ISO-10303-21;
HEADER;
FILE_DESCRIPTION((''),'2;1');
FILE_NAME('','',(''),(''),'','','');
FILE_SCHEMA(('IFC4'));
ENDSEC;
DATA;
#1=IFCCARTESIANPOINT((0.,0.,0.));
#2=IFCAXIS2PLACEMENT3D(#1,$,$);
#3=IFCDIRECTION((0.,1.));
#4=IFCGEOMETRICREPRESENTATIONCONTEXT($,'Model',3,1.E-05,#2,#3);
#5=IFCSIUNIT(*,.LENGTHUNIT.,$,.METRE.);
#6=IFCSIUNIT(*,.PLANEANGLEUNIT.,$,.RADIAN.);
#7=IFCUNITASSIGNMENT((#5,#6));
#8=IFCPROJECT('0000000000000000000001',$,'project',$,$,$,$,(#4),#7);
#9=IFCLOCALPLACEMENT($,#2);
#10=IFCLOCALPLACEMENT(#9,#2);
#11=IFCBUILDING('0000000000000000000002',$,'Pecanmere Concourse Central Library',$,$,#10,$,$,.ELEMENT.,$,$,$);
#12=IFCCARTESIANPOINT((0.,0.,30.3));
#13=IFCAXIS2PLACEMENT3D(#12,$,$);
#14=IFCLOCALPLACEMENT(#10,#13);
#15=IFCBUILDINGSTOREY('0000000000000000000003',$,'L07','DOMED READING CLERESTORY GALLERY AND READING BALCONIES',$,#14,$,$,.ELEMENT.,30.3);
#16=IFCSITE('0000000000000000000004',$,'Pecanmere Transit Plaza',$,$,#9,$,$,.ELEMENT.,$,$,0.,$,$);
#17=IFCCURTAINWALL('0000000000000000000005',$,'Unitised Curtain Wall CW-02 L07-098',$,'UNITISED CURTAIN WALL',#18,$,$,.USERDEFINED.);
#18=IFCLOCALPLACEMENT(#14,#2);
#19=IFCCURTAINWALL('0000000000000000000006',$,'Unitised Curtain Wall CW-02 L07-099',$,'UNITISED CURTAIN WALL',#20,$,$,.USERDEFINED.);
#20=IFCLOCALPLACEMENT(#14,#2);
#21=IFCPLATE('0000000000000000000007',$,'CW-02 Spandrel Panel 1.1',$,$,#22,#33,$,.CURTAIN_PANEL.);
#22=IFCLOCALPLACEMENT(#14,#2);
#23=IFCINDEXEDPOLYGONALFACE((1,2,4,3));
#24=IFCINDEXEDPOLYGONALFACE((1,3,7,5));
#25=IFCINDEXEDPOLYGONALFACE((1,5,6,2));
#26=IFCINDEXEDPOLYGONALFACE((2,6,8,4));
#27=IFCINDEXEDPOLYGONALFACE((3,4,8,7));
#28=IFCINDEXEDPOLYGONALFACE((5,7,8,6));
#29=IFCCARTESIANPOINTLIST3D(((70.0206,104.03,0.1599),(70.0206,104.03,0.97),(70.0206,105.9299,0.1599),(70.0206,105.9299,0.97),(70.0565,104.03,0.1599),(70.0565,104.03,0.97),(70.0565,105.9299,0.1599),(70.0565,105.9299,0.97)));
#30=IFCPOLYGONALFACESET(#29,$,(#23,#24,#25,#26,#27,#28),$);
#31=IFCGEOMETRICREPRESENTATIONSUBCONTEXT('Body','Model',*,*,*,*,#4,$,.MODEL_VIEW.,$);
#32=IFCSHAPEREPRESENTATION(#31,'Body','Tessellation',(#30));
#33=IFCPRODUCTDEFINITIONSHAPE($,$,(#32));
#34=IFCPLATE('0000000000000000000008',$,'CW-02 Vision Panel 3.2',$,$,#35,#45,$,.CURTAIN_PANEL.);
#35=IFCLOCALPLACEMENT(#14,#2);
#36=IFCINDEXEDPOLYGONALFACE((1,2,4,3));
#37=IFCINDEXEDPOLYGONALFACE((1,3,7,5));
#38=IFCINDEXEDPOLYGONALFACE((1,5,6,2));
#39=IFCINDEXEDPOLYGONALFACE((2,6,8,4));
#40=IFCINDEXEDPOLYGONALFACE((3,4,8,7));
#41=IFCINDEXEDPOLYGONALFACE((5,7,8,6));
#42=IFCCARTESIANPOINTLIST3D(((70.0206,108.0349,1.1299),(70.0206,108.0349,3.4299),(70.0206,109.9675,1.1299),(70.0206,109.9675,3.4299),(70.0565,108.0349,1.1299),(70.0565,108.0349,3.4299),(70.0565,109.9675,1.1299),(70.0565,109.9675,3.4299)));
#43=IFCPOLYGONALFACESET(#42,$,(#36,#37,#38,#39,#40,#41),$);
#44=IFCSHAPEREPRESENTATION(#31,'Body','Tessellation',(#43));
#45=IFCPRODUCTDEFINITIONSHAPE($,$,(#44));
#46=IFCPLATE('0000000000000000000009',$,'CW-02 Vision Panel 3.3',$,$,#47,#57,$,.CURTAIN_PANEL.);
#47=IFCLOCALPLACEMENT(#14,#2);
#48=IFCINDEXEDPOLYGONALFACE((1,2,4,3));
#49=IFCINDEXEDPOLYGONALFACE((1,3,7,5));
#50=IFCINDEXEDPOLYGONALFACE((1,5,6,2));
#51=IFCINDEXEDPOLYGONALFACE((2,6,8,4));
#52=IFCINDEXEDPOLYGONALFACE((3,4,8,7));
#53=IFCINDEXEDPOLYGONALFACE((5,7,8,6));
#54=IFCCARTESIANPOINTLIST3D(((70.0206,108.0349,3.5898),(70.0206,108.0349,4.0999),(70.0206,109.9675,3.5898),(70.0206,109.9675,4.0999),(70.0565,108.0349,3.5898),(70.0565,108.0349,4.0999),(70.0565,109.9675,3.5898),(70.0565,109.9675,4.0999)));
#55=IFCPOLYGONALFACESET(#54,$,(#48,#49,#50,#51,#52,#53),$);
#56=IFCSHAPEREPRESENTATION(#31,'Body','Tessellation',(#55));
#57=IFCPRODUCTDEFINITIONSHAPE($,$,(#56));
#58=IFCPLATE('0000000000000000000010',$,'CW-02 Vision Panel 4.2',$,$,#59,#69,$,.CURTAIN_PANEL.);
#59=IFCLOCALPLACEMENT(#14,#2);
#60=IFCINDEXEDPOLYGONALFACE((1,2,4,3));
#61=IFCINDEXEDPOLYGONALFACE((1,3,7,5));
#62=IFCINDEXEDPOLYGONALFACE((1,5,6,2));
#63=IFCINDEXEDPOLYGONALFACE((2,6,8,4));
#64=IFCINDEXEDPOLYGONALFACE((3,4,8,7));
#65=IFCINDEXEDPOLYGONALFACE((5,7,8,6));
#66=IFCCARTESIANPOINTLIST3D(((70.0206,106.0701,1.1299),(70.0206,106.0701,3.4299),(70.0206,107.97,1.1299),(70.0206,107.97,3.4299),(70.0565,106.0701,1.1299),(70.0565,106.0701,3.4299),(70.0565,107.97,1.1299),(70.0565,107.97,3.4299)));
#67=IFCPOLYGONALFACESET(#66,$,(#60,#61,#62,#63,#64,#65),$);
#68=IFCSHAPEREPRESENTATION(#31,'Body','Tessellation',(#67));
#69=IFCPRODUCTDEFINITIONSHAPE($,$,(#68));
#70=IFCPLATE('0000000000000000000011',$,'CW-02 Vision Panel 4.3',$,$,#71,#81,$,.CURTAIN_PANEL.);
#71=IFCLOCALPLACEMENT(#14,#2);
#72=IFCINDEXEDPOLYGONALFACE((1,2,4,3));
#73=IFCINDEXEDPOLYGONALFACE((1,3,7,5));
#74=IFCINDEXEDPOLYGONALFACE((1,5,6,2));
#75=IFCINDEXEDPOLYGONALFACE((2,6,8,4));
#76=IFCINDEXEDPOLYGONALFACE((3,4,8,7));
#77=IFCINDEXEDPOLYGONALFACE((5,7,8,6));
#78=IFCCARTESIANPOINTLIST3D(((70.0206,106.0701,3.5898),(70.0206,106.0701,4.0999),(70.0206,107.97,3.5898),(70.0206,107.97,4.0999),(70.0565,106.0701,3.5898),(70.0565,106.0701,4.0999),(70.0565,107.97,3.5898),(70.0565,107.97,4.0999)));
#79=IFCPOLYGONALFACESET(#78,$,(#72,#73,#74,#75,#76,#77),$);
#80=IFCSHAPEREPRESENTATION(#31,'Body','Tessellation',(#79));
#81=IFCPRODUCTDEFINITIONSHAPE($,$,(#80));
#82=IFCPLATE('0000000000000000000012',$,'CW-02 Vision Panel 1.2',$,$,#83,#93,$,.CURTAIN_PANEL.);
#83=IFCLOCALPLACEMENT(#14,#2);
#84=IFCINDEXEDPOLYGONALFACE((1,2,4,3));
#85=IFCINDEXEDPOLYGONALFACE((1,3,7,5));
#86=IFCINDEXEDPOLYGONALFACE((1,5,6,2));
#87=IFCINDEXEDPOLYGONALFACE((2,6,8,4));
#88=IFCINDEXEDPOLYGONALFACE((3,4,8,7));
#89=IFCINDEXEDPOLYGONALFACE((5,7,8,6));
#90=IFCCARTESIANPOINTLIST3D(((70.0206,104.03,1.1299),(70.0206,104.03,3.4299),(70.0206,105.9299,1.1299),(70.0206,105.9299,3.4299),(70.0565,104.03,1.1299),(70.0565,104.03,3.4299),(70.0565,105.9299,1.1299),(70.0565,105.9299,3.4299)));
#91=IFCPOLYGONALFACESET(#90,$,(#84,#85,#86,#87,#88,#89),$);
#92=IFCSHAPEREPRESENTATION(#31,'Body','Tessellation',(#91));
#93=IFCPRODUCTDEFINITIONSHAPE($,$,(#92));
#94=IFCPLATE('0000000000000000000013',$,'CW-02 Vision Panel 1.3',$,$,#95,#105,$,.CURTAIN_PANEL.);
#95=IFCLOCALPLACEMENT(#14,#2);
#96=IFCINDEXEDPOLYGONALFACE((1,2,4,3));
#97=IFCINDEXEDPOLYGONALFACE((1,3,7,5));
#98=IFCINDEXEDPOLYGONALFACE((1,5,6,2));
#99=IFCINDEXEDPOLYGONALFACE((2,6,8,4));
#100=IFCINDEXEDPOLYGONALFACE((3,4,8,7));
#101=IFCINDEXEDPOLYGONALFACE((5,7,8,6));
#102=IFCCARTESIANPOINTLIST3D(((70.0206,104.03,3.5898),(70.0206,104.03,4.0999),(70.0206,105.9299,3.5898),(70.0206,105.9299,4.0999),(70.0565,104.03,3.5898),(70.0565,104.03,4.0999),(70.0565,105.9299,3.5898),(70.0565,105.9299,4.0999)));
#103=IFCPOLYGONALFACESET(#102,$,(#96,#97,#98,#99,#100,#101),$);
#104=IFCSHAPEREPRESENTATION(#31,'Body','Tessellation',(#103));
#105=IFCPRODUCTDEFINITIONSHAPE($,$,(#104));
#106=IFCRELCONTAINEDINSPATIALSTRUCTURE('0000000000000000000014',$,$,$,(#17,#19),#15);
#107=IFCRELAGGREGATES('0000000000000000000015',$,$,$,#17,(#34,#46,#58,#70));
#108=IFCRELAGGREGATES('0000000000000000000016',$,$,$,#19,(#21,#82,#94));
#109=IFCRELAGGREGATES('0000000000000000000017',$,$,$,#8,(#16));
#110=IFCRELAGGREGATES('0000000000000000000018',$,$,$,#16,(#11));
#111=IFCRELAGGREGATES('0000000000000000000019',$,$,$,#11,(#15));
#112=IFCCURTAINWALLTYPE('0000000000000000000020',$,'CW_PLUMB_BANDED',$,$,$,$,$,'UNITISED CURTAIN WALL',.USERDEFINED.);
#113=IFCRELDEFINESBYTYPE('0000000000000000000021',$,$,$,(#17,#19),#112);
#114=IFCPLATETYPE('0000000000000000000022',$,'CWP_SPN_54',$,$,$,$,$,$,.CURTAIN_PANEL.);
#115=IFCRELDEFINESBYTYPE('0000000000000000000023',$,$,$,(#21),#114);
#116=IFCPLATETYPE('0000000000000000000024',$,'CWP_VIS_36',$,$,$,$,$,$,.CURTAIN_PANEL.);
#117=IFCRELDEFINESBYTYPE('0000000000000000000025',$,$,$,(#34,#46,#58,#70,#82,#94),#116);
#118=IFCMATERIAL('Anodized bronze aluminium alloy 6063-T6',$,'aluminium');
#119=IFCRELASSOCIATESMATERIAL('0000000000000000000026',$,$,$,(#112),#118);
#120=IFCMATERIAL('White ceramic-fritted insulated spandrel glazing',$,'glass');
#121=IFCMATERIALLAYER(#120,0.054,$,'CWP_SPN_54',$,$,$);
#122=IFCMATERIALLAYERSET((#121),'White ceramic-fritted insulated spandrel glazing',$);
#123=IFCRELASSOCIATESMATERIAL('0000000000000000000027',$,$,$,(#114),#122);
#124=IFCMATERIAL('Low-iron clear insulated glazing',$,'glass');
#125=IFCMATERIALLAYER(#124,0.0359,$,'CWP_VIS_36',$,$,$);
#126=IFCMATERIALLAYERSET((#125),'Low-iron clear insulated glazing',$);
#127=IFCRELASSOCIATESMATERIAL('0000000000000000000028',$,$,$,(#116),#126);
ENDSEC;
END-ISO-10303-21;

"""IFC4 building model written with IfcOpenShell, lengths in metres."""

from ifc_helpers import new_model, si_unit, direction, frame, origin, origin_2d, place, context, subcontext, project, spatial, rectangle, extrude, material, layer, layer_set, type_object, element, aggregate, save


model = new_model("IFC4")

# Units and contexts
model_context = context("Model", 3, precision=1e-05, world=origin(), true_north=direction((0.0, 1.0)))
body_context = subcontext(model_context, "Body", "Model", "MODEL_VIEW")
ifc_project = project(units=[si_unit("LENGTHUNIT", "METRE"), si_unit("PLANEANGLEUNIT", "RADIAN")], contexts=[model_context])

# Site, building, storey
site_placement = place(None, origin())
site = spatial("IfcSite", under=ifc_project, at=site_placement, Name="Pecanmere Transit Plaza", CompositionType="ELEMENT", RefElevation=0.0)
building_placement = place(site_placement, origin())
building = spatial("IfcBuilding", under=site, at=building_placement, Name="Pecanmere Concourse Central Library", CompositionType="ELEMENT")
storey_placement = place(building_placement, frame((0.0, 0.0, 30.3)))
storey = spatial("IfcBuildingStorey", under=building, at=storey_placement, Name="L07", Description="DOMED READING CLERESTORY GALLERY AND READING BALCONIES", CompositionType="ELEMENT", Elevation=30.3)

# Curtain wall
ifc_material_1 = material(Name="Anodized bronze aluminium alloy 6063-T6", Category="aluminium")
curtain_wall_type = type_object("IfcCurtainWallType", Name="CW_PLUMB_BANDED", ElementType="UNITISED CURTAIN WALL", PredefinedType="USERDEFINED", material=ifc_material_1)
curtain_wall_1_placement = place(storey_placement, origin())
curtain_wall_1 = element("IfcCurtainWall", 1, at=curtain_wall_1_placement, inside=storey, type_object=curtain_wall_type, Name="Unitised Curtain Wall CW-02 L07-098", ObjectType="UNITISED CURTAIN WALL", PredefinedType="USERDEFINED")

# Curtain wall
curtain_wall_2_placement = place(storey_placement, origin())
curtain_wall_2 = element("IfcCurtainWall", 2, at=curtain_wall_2_placement, inside=storey, type_object=curtain_wall_type, Name="Unitised Curtain Wall CW-02 L07-099", ObjectType="UNITISED CURTAIN WALL", PredefinedType="USERDEFINED")

# Plates
ifc_material_2 = material(Name="White ceramic-fritted insulated spandrel glazing", Category="glass")
ifc_layer_1 = layer(ifc_material_2, 0.054, Name="CWP_SPN_54")
ifc_layer_set_1 = layer_set([ifc_layer_1], Name="White ceramic-fritted insulated spandrel glazing")
plate_type_1 = type_object("IfcPlateType", Name="CWP_SPN_54", PredefinedType="CURTAIN_PANEL", material=ifc_layer_set_1)
plate_1_placement = place(storey_placement, frame((70.0386, 104.98, 0.1599), z_axis=(0.0, 0.0, 1.0), x_axis=(0.0, -1.0, 0.0)))
plate_1 = element("IfcPlate", 3, at=plate_1_placement, type_object=plate_type_1, Name="CW-02 Spandrel Panel 1.1", PredefinedType="CURTAIN_PANEL", context=body_context, shape_type="SweptSolid", body=[
    extrude(rectangle(XDim=1.8999, YDim=0.0359, at=origin_2d()), origin(), (0.0, 0.0, 1.0), 0.8101),
])
ifc_material_3 = material(Name="Low-iron clear insulated glazing", Category="glass")
ifc_layer_2 = layer(ifc_material_3, 0.0359, Name="CWP_VIS_36")
ifc_layer_set_2 = layer_set([ifc_layer_2], Name="Low-iron clear insulated glazing")
plate_type_2 = type_object("IfcPlateType", Name="CWP_VIS_36", PredefinedType="CURTAIN_PANEL", material=ifc_layer_set_2)
plate_2_placement = place(storey_placement, frame((70.0386, 109.0012, 1.1299), z_axis=(0.0, 0.0, 1.0), x_axis=(0.0, -1.0, 0.0)))
plate_2 = element("IfcPlate", 4, at=plate_2_placement, type_object=plate_type_2, Name="CW-02 Vision Panel 3.2", PredefinedType="CURTAIN_PANEL", context=body_context, shape_type="SweptSolid", body=[
    extrude(rectangle(XDim=1.9326, YDim=0.0359, at=origin_2d()), origin(), (0.0, 0.0, 1.0), 2.3),
])
plate_3_placement = place(storey_placement, frame((70.0386, 109.0012, 3.5898), z_axis=(0.0, 0.0, 1.0), x_axis=(0.0, -1.0, 0.0)))
plate_3 = element("IfcPlate", 5, at=plate_3_placement, type_object=plate_type_2, Name="CW-02 Vision Panel 3.3", PredefinedType="CURTAIN_PANEL", context=body_context, shape_type="SweptSolid", body=[
    extrude(rectangle(XDim=1.9326, YDim=0.0359, at=origin_2d()), origin(), (0.0, 0.0, 1.0), 0.51),
])
plate_4_placement = place(storey_placement, frame((70.0386, 107.02, 1.1299), z_axis=(0.0, 0.0, 1.0), x_axis=(0.0, -1.0, 0.0)))
plate_4 = element("IfcPlate", 6, at=plate_4_placement, type_object=plate_type_2, Name="CW-02 Vision Panel 4.2", PredefinedType="CURTAIN_PANEL", context=body_context, shape_type="SweptSolid", body=[
    extrude(rectangle(XDim=1.8999, YDim=0.0359, at=origin_2d()), origin(), (0.0, 0.0, 1.0), 2.3),
])
plate_5_placement = place(storey_placement, frame((70.0386, 107.02, 3.5898), z_axis=(0.0, 0.0, 1.0), x_axis=(0.0, -1.0, 0.0)))
plate_5 = element("IfcPlate", 7, at=plate_5_placement, type_object=plate_type_2, Name="CW-02 Vision Panel 4.3", PredefinedType="CURTAIN_PANEL", context=body_context, shape_type="SweptSolid", body=[
    extrude(rectangle(XDim=1.8999, YDim=0.0359, at=origin_2d()), origin(), (0.0, 0.0, 1.0), 0.51),
])
aggregate(curtain_wall_1, [plate_2, plate_3, plate_4, plate_5])
plate_6_placement = place(storey_placement, frame((70.0386, 104.98, 1.1299), z_axis=(0.0, 0.0, 1.0), x_axis=(0.0, -1.0, 0.0)))
plate_6 = element("IfcPlate", 8, at=plate_6_placement, type_object=plate_type_2, Name="CW-02 Vision Panel 1.2", PredefinedType="CURTAIN_PANEL", context=body_context, shape_type="SweptSolid", body=[
    extrude(rectangle(XDim=1.8999, YDim=0.0359, at=origin_2d()), origin(), (0.0, 0.0, 1.0), 2.3),
])
plate_7_placement = place(storey_placement, frame((70.0386, 104.98, 3.5898), z_axis=(0.0, 0.0, 1.0), x_axis=(0.0, -1.0, 0.0)))
plate_7 = element("IfcPlate", 9, at=plate_7_placement, type_object=plate_type_2, Name="CW-02 Vision Panel 1.3", PredefinedType="CURTAIN_PANEL", context=body_context, shape_type="SweptSolid", body=[
    extrude(rectangle(XDim=1.8999, YDim=0.0359, at=origin_2d()), origin(), (0.0, 0.0, 1.0), 0.51),
])
aggregate(curtain_wall_2, [plate_1, plate_6, plate_7])

save(model, "model.ifc")
